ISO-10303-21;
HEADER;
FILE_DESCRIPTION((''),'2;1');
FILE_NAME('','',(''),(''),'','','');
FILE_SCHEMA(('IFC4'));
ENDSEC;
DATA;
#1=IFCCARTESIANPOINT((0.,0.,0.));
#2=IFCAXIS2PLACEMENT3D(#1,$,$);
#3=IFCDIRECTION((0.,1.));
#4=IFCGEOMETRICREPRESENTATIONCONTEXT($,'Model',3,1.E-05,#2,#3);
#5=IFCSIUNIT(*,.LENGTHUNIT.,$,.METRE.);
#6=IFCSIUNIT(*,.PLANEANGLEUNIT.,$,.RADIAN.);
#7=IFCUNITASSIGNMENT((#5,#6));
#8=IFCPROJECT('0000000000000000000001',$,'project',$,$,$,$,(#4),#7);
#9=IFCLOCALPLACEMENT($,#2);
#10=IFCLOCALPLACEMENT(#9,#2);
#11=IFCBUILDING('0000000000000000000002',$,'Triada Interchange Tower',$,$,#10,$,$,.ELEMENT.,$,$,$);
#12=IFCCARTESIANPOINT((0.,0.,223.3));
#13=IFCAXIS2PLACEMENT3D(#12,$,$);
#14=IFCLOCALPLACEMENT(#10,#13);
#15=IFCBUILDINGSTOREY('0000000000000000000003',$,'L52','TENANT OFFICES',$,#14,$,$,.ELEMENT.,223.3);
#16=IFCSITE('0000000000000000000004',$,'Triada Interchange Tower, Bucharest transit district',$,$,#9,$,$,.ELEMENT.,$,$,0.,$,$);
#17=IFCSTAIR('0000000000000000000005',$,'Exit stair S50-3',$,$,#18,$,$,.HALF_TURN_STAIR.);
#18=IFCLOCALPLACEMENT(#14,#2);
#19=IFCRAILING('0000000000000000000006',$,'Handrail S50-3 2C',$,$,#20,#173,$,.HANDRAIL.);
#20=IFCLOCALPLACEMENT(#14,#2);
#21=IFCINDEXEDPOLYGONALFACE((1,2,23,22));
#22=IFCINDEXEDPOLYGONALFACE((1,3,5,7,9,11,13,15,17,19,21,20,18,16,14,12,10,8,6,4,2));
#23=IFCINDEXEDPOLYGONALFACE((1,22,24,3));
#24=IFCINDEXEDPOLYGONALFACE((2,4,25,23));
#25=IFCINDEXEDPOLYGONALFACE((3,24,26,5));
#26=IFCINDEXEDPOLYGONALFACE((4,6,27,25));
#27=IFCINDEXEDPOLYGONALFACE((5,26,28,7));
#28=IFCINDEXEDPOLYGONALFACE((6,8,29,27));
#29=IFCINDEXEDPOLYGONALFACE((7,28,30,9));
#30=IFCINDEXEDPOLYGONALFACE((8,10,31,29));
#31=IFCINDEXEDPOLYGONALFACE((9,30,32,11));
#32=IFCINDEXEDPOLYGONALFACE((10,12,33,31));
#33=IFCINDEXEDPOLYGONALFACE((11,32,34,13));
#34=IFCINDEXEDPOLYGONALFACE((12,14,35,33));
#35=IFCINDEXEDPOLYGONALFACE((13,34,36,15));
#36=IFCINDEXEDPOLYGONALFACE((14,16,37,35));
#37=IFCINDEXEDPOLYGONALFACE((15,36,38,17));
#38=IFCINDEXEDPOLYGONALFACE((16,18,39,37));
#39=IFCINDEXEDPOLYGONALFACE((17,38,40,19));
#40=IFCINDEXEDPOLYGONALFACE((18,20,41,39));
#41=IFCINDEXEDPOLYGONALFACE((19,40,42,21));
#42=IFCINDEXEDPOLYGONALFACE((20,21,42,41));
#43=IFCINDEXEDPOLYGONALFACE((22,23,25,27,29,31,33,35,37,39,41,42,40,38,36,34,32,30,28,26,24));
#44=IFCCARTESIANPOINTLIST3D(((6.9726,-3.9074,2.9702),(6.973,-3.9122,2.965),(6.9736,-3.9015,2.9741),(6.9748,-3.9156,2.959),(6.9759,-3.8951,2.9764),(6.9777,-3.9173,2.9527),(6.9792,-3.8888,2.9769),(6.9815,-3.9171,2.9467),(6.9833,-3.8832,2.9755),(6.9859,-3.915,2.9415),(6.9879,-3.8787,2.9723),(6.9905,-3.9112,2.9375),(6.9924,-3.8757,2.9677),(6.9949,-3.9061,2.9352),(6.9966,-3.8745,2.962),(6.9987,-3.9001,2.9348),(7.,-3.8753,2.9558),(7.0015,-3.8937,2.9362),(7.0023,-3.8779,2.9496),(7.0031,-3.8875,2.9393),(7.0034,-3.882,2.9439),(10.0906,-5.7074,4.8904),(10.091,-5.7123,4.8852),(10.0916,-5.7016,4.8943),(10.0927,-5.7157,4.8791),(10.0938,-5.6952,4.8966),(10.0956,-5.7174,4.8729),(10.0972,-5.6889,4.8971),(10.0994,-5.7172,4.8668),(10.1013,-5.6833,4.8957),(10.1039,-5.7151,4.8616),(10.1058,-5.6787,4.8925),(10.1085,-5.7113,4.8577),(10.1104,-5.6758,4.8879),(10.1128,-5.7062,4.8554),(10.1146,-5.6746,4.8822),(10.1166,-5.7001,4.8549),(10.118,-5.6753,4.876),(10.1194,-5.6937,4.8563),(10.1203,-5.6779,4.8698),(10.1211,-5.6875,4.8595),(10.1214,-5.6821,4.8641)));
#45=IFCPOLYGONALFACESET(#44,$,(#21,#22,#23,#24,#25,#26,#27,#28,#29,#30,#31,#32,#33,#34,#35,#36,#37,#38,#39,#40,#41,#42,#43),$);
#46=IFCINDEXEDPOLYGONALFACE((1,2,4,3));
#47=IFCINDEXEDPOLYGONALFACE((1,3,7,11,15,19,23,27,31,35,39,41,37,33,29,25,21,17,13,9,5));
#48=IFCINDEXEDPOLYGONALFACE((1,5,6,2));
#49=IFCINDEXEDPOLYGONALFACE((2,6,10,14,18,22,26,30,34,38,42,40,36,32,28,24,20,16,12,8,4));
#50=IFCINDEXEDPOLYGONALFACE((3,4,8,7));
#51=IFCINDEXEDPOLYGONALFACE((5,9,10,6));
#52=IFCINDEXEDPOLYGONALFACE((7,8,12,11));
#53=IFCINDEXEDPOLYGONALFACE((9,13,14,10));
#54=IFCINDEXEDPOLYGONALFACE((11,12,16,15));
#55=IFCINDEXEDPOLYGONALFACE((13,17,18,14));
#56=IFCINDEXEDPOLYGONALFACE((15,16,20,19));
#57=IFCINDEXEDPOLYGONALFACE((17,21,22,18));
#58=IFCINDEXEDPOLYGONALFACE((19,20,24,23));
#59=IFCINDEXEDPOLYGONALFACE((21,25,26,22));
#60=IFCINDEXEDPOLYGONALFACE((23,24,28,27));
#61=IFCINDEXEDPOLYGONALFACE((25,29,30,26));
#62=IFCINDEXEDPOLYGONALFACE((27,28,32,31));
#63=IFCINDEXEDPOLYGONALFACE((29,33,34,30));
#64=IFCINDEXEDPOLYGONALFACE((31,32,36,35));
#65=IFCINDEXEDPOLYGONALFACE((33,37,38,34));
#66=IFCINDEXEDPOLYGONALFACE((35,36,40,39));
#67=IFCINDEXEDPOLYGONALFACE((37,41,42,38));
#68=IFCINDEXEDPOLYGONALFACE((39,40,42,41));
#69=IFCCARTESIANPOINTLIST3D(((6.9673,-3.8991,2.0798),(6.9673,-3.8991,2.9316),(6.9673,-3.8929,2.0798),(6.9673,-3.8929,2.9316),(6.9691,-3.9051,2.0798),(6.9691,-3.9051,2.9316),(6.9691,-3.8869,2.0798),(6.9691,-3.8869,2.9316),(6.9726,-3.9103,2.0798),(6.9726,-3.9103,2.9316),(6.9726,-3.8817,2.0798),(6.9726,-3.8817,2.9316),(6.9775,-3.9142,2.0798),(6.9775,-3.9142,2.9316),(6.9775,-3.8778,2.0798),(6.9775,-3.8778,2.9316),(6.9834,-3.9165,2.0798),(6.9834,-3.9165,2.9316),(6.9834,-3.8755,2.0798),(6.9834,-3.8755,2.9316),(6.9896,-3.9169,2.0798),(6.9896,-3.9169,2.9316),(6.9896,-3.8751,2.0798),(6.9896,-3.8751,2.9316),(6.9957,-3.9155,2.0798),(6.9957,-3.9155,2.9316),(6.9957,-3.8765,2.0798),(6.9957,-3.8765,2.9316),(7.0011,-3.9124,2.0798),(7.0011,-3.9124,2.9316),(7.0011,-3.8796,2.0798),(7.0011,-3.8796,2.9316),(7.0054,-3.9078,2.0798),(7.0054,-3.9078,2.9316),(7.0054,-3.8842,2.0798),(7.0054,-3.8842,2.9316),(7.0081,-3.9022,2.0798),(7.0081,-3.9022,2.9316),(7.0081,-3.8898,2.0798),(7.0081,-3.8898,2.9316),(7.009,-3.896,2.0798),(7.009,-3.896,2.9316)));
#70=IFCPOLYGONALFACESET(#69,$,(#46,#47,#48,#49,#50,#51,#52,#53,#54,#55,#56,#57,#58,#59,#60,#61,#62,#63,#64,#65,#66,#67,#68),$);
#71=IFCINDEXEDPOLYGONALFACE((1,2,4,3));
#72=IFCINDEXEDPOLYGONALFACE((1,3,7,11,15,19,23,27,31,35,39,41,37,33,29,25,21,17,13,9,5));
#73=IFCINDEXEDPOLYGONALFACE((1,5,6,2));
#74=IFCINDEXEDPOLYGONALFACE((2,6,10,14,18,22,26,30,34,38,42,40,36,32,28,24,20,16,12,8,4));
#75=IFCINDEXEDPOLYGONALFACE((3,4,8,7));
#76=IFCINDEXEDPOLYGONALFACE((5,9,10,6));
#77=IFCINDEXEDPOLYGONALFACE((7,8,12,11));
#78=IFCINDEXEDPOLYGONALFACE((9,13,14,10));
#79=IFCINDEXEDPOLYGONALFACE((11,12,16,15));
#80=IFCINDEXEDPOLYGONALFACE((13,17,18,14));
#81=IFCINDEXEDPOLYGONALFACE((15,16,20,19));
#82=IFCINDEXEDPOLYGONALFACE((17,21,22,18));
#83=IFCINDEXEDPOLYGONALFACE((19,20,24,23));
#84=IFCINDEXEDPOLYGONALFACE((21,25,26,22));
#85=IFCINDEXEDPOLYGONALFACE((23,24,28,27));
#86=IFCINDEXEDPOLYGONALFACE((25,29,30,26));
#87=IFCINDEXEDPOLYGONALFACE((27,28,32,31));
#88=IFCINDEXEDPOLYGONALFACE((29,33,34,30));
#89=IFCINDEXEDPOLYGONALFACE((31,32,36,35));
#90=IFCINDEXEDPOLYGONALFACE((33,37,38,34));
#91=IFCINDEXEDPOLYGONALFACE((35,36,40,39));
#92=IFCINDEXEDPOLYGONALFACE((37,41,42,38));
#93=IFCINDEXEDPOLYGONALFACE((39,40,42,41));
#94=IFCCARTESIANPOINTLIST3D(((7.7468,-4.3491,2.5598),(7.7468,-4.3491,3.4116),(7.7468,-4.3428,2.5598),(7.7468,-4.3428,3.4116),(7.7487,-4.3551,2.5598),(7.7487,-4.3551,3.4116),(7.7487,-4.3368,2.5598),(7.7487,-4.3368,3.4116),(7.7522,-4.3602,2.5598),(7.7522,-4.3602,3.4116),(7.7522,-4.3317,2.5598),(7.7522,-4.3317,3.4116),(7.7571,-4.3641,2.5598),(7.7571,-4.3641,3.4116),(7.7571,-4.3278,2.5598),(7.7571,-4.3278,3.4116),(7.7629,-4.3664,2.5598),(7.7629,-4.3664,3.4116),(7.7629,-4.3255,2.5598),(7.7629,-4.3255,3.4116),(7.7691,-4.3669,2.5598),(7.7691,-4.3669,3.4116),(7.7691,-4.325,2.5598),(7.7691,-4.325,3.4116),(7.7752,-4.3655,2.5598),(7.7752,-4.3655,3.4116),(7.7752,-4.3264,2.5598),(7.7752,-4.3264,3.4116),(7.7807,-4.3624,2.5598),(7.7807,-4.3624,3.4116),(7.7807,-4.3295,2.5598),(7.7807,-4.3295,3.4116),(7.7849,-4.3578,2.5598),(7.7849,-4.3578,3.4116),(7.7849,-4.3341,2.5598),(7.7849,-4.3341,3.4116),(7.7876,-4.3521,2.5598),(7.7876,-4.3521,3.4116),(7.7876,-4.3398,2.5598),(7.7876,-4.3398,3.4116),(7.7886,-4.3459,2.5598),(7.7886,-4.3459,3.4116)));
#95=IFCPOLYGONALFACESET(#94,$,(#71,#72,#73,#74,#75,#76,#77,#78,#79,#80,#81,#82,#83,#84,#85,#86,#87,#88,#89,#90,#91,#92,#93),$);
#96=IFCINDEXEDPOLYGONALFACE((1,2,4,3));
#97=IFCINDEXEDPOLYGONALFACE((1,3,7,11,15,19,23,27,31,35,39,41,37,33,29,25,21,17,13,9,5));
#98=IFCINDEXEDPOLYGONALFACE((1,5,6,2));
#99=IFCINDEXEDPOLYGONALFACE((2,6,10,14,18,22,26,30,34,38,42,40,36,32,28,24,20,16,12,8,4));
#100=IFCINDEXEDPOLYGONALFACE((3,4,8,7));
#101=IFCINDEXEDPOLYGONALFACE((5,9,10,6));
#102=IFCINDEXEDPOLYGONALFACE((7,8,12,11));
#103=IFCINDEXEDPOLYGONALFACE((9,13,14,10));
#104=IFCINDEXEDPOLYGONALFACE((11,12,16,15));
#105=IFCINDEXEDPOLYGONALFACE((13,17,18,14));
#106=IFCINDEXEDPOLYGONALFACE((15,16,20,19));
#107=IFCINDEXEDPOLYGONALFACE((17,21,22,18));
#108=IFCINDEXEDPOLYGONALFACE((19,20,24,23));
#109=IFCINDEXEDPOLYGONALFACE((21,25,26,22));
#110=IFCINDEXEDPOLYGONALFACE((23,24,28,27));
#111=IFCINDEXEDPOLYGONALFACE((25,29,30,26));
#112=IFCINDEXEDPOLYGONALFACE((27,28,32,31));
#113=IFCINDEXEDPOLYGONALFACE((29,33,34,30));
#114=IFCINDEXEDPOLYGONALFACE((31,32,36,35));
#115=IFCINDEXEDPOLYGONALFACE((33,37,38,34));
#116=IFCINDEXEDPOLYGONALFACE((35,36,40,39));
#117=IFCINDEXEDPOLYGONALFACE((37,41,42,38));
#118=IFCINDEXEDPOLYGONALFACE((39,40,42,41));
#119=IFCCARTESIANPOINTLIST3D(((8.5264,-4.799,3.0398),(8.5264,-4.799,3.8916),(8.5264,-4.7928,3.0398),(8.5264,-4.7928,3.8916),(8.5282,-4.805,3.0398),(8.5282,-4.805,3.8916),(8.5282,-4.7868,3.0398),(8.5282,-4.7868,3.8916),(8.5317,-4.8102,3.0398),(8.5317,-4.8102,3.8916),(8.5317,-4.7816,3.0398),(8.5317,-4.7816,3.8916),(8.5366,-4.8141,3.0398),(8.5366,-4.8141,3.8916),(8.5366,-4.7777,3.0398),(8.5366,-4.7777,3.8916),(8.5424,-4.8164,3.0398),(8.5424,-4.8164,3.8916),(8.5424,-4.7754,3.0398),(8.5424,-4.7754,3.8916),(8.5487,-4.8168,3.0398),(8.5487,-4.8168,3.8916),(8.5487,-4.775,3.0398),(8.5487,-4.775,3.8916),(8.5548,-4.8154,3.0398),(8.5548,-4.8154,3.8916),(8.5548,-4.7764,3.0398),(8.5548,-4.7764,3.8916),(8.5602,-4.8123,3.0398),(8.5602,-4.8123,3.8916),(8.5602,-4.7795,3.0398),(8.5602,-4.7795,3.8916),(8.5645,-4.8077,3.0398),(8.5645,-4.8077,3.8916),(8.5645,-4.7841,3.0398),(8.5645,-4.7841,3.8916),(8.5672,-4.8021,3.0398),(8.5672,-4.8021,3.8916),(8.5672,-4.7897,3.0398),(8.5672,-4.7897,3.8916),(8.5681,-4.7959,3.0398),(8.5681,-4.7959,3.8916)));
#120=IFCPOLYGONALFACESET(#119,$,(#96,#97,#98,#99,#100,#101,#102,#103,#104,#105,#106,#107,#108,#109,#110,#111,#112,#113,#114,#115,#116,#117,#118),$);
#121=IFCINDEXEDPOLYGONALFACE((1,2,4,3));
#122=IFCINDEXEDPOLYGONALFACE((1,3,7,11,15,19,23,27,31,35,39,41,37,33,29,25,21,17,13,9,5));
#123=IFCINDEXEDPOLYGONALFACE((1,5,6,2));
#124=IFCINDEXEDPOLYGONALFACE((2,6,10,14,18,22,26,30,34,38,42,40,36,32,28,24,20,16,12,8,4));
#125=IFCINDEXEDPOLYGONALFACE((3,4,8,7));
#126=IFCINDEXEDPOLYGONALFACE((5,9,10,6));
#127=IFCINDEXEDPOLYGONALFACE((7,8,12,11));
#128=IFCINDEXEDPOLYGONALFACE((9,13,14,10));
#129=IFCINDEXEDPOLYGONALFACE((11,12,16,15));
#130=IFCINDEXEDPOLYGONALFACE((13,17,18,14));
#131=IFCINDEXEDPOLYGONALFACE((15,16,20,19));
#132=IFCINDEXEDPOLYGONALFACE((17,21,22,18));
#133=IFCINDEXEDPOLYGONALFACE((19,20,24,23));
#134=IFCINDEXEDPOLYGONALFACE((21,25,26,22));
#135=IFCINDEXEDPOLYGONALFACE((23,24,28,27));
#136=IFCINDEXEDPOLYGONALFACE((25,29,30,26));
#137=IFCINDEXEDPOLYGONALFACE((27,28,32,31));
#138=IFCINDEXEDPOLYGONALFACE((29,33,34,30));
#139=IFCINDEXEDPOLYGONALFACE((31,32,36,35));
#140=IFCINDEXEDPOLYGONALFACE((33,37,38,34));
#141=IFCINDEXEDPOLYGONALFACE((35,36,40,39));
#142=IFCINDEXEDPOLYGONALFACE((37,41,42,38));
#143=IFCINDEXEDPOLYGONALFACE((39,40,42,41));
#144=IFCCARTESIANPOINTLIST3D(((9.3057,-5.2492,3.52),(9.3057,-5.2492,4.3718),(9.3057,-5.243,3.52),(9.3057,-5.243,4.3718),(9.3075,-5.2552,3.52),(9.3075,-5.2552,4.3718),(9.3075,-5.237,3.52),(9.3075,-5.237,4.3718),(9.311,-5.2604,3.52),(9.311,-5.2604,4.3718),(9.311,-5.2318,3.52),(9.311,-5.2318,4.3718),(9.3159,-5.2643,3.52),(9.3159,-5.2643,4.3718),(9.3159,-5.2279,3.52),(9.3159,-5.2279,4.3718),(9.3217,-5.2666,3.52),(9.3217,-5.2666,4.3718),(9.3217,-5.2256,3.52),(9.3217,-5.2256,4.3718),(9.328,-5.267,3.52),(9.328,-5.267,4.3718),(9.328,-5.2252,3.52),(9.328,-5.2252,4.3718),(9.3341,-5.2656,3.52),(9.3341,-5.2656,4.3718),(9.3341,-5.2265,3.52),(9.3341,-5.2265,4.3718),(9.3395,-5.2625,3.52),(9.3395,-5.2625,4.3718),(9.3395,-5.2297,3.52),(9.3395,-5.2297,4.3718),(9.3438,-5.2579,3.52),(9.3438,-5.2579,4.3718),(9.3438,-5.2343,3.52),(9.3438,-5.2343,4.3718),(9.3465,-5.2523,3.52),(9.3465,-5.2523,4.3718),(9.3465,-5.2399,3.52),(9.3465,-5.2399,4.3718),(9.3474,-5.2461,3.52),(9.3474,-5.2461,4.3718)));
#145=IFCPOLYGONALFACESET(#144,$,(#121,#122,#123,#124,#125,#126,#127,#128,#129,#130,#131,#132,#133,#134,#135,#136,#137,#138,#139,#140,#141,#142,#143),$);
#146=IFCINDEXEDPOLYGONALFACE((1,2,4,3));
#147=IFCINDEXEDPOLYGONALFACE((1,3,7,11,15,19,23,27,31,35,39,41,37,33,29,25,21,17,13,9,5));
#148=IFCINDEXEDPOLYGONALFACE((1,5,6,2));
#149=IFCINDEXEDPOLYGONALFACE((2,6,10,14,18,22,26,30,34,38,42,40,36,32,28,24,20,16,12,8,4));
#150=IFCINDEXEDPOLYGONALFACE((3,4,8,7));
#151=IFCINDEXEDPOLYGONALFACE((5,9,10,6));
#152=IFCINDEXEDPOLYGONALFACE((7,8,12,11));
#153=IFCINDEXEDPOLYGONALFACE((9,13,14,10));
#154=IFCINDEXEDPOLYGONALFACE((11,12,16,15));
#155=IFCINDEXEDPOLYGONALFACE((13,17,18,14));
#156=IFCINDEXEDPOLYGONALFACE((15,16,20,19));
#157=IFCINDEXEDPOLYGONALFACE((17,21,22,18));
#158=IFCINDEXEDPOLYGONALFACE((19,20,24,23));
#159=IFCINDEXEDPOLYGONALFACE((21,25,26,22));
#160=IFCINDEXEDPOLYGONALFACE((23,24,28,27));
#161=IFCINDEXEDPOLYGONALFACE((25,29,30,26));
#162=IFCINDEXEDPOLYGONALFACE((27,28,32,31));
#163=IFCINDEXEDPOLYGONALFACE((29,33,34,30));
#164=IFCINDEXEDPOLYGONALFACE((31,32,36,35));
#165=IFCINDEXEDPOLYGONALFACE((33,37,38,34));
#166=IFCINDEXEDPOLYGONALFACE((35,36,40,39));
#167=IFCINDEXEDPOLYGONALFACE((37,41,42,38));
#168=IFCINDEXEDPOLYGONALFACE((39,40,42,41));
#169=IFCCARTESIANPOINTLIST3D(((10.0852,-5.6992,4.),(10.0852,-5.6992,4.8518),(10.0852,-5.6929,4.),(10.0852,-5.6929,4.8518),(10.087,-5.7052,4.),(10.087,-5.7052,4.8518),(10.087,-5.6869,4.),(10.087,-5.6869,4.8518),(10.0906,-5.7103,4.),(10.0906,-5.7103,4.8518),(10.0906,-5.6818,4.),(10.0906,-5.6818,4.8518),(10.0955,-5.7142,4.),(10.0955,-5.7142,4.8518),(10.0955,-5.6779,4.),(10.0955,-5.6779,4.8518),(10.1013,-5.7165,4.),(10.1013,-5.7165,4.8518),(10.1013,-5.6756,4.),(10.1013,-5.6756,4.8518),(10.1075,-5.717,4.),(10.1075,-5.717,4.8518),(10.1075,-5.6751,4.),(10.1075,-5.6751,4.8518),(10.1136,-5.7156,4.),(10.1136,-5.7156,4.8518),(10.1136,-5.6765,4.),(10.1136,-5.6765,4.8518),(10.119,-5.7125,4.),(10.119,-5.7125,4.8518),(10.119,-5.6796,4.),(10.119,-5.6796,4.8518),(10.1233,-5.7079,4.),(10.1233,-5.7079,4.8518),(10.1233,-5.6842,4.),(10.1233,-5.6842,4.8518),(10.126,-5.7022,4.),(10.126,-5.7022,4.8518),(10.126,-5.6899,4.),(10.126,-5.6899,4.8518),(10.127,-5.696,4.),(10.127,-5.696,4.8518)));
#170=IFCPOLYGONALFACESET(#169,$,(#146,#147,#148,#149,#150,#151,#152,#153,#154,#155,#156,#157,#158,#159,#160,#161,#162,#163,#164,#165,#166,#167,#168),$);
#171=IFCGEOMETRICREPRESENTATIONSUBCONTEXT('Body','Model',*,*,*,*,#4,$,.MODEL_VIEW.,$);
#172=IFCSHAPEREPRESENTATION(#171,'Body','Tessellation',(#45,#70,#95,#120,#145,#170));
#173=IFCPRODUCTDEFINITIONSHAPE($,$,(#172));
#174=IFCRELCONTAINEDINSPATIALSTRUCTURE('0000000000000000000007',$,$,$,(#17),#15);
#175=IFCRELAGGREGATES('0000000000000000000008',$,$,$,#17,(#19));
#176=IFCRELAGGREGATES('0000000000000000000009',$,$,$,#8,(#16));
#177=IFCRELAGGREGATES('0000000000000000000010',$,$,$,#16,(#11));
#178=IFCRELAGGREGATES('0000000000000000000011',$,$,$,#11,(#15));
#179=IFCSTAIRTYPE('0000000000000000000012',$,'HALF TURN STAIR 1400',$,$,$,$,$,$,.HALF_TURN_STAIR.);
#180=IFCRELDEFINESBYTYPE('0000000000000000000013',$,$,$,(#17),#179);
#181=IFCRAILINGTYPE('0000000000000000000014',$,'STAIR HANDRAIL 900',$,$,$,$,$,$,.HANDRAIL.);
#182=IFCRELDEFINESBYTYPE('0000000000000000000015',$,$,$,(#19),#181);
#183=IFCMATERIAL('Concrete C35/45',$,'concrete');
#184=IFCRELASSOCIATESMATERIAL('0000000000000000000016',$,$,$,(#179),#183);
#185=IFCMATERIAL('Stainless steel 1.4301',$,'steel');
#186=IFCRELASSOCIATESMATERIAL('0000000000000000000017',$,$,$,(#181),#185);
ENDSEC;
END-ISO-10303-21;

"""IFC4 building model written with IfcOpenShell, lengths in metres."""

from ifc_helpers import new_model, si_unit, direction, frame, origin, origin_2d, place, context, subcontext, project, spatial, circle, extrude, material, type_object, element, aggregate, save


model = new_model("IFC4")

# Units and contexts
model_context = context("Model", 3, precision=1e-05, world=origin(), true_north=direction((0.0, 1.0)))
body_context = subcontext(model_context, "Body", "Model", "MODEL_VIEW")
ifc_project = project(units=[si_unit("LENGTHUNIT", "METRE"), si_unit("PLANEANGLEUNIT", "RADIAN")], contexts=[model_context])

# Site, building, storey
site_placement = place(None, origin())
site = spatial("IfcSite", under=ifc_project, at=site_placement, Name="Triada Interchange Tower, Bucharest transit district", CompositionType="ELEMENT", RefElevation=0.0)
building_placement = place(site_placement, origin())
building = spatial("IfcBuilding", under=site, at=building_placement, Name="Triada Interchange Tower", CompositionType="ELEMENT")
storey_placement = place(building_placement, frame((0.0, 0.0, 223.3)))
storey = spatial("IfcBuildingStorey", under=building, at=storey_placement, Name="L52", Description="TENANT OFFICES", CompositionType="ELEMENT", Elevation=223.3)

# Stair, railing
ifc_material_1 = material(Name="Concrete C35/45", Category="concrete")
stair_type = type_object("IfcStairType", Name="HALF TURN STAIR 1400", PredefinedType="HALF_TURN_STAIR", material=ifc_material_1)
stair_placement = place(storey_placement, origin())
stair = element("IfcStair", 1, at=stair_placement, inside=storey, type_object=stair_type, Name="Exit stair S50-3", PredefinedType="HALF_TURN_STAIR")
ifc_material_2 = material(Name="Stainless steel 1.4301", Category="steel")
railing_type = type_object("IfcRailingType", Name="STAIR HANDRAIL 900", PredefinedType="HANDRAIL", material=ifc_material_2)
railing_1_placement = place(storey_placement, frame((6.988, -3.896, 2.0798)))
railing_1 = element("IfcRailing", 2, at=railing_1_placement, type_object=railing_type, Name="Handrail S50-3 2C", PredefinedType="HANDRAIL", context=body_context, shape_type="SweptSolid", body=[
    extrude(circle(Radius=0.0239, at=origin_2d()), frame((0.0, 0.0, 0.876), z_axis=(0.764145, -0.441159, 0.470597), x_axis=(0.499983, 0.866035, 0.0)), (0.0, 0.0, 1.0), 4.0803),
    extrude(circle(Radius=0.021, at=origin_2d()), origin(), (0.0, 0.0, 1.0), 0.8518),
    extrude(circle(Radius=0.021, at=origin_2d()), frame((0.7795, -0.45, 0.48)), (0.0, 0.0, 1.0), 0.8518),
    extrude(circle(Radius=0.021, at=origin_2d()), frame((1.5591, -0.8999, 0.96)), (0.0, 0.0, 1.0), 0.8518),
    extrude(circle(Radius=0.021, at=origin_2d()), frame((2.3384, -1.3501, 1.4402)), (0.0, 0.0, 1.0), 0.8518),
    extrude(circle(Radius=0.021, at=origin_2d()), frame((3.1179, -1.8, 1.9202)), (0.0, 0.0, 1.0), 0.8518),
])
aggregate(stair, [railing_1])

save(model, "model.ifc")
